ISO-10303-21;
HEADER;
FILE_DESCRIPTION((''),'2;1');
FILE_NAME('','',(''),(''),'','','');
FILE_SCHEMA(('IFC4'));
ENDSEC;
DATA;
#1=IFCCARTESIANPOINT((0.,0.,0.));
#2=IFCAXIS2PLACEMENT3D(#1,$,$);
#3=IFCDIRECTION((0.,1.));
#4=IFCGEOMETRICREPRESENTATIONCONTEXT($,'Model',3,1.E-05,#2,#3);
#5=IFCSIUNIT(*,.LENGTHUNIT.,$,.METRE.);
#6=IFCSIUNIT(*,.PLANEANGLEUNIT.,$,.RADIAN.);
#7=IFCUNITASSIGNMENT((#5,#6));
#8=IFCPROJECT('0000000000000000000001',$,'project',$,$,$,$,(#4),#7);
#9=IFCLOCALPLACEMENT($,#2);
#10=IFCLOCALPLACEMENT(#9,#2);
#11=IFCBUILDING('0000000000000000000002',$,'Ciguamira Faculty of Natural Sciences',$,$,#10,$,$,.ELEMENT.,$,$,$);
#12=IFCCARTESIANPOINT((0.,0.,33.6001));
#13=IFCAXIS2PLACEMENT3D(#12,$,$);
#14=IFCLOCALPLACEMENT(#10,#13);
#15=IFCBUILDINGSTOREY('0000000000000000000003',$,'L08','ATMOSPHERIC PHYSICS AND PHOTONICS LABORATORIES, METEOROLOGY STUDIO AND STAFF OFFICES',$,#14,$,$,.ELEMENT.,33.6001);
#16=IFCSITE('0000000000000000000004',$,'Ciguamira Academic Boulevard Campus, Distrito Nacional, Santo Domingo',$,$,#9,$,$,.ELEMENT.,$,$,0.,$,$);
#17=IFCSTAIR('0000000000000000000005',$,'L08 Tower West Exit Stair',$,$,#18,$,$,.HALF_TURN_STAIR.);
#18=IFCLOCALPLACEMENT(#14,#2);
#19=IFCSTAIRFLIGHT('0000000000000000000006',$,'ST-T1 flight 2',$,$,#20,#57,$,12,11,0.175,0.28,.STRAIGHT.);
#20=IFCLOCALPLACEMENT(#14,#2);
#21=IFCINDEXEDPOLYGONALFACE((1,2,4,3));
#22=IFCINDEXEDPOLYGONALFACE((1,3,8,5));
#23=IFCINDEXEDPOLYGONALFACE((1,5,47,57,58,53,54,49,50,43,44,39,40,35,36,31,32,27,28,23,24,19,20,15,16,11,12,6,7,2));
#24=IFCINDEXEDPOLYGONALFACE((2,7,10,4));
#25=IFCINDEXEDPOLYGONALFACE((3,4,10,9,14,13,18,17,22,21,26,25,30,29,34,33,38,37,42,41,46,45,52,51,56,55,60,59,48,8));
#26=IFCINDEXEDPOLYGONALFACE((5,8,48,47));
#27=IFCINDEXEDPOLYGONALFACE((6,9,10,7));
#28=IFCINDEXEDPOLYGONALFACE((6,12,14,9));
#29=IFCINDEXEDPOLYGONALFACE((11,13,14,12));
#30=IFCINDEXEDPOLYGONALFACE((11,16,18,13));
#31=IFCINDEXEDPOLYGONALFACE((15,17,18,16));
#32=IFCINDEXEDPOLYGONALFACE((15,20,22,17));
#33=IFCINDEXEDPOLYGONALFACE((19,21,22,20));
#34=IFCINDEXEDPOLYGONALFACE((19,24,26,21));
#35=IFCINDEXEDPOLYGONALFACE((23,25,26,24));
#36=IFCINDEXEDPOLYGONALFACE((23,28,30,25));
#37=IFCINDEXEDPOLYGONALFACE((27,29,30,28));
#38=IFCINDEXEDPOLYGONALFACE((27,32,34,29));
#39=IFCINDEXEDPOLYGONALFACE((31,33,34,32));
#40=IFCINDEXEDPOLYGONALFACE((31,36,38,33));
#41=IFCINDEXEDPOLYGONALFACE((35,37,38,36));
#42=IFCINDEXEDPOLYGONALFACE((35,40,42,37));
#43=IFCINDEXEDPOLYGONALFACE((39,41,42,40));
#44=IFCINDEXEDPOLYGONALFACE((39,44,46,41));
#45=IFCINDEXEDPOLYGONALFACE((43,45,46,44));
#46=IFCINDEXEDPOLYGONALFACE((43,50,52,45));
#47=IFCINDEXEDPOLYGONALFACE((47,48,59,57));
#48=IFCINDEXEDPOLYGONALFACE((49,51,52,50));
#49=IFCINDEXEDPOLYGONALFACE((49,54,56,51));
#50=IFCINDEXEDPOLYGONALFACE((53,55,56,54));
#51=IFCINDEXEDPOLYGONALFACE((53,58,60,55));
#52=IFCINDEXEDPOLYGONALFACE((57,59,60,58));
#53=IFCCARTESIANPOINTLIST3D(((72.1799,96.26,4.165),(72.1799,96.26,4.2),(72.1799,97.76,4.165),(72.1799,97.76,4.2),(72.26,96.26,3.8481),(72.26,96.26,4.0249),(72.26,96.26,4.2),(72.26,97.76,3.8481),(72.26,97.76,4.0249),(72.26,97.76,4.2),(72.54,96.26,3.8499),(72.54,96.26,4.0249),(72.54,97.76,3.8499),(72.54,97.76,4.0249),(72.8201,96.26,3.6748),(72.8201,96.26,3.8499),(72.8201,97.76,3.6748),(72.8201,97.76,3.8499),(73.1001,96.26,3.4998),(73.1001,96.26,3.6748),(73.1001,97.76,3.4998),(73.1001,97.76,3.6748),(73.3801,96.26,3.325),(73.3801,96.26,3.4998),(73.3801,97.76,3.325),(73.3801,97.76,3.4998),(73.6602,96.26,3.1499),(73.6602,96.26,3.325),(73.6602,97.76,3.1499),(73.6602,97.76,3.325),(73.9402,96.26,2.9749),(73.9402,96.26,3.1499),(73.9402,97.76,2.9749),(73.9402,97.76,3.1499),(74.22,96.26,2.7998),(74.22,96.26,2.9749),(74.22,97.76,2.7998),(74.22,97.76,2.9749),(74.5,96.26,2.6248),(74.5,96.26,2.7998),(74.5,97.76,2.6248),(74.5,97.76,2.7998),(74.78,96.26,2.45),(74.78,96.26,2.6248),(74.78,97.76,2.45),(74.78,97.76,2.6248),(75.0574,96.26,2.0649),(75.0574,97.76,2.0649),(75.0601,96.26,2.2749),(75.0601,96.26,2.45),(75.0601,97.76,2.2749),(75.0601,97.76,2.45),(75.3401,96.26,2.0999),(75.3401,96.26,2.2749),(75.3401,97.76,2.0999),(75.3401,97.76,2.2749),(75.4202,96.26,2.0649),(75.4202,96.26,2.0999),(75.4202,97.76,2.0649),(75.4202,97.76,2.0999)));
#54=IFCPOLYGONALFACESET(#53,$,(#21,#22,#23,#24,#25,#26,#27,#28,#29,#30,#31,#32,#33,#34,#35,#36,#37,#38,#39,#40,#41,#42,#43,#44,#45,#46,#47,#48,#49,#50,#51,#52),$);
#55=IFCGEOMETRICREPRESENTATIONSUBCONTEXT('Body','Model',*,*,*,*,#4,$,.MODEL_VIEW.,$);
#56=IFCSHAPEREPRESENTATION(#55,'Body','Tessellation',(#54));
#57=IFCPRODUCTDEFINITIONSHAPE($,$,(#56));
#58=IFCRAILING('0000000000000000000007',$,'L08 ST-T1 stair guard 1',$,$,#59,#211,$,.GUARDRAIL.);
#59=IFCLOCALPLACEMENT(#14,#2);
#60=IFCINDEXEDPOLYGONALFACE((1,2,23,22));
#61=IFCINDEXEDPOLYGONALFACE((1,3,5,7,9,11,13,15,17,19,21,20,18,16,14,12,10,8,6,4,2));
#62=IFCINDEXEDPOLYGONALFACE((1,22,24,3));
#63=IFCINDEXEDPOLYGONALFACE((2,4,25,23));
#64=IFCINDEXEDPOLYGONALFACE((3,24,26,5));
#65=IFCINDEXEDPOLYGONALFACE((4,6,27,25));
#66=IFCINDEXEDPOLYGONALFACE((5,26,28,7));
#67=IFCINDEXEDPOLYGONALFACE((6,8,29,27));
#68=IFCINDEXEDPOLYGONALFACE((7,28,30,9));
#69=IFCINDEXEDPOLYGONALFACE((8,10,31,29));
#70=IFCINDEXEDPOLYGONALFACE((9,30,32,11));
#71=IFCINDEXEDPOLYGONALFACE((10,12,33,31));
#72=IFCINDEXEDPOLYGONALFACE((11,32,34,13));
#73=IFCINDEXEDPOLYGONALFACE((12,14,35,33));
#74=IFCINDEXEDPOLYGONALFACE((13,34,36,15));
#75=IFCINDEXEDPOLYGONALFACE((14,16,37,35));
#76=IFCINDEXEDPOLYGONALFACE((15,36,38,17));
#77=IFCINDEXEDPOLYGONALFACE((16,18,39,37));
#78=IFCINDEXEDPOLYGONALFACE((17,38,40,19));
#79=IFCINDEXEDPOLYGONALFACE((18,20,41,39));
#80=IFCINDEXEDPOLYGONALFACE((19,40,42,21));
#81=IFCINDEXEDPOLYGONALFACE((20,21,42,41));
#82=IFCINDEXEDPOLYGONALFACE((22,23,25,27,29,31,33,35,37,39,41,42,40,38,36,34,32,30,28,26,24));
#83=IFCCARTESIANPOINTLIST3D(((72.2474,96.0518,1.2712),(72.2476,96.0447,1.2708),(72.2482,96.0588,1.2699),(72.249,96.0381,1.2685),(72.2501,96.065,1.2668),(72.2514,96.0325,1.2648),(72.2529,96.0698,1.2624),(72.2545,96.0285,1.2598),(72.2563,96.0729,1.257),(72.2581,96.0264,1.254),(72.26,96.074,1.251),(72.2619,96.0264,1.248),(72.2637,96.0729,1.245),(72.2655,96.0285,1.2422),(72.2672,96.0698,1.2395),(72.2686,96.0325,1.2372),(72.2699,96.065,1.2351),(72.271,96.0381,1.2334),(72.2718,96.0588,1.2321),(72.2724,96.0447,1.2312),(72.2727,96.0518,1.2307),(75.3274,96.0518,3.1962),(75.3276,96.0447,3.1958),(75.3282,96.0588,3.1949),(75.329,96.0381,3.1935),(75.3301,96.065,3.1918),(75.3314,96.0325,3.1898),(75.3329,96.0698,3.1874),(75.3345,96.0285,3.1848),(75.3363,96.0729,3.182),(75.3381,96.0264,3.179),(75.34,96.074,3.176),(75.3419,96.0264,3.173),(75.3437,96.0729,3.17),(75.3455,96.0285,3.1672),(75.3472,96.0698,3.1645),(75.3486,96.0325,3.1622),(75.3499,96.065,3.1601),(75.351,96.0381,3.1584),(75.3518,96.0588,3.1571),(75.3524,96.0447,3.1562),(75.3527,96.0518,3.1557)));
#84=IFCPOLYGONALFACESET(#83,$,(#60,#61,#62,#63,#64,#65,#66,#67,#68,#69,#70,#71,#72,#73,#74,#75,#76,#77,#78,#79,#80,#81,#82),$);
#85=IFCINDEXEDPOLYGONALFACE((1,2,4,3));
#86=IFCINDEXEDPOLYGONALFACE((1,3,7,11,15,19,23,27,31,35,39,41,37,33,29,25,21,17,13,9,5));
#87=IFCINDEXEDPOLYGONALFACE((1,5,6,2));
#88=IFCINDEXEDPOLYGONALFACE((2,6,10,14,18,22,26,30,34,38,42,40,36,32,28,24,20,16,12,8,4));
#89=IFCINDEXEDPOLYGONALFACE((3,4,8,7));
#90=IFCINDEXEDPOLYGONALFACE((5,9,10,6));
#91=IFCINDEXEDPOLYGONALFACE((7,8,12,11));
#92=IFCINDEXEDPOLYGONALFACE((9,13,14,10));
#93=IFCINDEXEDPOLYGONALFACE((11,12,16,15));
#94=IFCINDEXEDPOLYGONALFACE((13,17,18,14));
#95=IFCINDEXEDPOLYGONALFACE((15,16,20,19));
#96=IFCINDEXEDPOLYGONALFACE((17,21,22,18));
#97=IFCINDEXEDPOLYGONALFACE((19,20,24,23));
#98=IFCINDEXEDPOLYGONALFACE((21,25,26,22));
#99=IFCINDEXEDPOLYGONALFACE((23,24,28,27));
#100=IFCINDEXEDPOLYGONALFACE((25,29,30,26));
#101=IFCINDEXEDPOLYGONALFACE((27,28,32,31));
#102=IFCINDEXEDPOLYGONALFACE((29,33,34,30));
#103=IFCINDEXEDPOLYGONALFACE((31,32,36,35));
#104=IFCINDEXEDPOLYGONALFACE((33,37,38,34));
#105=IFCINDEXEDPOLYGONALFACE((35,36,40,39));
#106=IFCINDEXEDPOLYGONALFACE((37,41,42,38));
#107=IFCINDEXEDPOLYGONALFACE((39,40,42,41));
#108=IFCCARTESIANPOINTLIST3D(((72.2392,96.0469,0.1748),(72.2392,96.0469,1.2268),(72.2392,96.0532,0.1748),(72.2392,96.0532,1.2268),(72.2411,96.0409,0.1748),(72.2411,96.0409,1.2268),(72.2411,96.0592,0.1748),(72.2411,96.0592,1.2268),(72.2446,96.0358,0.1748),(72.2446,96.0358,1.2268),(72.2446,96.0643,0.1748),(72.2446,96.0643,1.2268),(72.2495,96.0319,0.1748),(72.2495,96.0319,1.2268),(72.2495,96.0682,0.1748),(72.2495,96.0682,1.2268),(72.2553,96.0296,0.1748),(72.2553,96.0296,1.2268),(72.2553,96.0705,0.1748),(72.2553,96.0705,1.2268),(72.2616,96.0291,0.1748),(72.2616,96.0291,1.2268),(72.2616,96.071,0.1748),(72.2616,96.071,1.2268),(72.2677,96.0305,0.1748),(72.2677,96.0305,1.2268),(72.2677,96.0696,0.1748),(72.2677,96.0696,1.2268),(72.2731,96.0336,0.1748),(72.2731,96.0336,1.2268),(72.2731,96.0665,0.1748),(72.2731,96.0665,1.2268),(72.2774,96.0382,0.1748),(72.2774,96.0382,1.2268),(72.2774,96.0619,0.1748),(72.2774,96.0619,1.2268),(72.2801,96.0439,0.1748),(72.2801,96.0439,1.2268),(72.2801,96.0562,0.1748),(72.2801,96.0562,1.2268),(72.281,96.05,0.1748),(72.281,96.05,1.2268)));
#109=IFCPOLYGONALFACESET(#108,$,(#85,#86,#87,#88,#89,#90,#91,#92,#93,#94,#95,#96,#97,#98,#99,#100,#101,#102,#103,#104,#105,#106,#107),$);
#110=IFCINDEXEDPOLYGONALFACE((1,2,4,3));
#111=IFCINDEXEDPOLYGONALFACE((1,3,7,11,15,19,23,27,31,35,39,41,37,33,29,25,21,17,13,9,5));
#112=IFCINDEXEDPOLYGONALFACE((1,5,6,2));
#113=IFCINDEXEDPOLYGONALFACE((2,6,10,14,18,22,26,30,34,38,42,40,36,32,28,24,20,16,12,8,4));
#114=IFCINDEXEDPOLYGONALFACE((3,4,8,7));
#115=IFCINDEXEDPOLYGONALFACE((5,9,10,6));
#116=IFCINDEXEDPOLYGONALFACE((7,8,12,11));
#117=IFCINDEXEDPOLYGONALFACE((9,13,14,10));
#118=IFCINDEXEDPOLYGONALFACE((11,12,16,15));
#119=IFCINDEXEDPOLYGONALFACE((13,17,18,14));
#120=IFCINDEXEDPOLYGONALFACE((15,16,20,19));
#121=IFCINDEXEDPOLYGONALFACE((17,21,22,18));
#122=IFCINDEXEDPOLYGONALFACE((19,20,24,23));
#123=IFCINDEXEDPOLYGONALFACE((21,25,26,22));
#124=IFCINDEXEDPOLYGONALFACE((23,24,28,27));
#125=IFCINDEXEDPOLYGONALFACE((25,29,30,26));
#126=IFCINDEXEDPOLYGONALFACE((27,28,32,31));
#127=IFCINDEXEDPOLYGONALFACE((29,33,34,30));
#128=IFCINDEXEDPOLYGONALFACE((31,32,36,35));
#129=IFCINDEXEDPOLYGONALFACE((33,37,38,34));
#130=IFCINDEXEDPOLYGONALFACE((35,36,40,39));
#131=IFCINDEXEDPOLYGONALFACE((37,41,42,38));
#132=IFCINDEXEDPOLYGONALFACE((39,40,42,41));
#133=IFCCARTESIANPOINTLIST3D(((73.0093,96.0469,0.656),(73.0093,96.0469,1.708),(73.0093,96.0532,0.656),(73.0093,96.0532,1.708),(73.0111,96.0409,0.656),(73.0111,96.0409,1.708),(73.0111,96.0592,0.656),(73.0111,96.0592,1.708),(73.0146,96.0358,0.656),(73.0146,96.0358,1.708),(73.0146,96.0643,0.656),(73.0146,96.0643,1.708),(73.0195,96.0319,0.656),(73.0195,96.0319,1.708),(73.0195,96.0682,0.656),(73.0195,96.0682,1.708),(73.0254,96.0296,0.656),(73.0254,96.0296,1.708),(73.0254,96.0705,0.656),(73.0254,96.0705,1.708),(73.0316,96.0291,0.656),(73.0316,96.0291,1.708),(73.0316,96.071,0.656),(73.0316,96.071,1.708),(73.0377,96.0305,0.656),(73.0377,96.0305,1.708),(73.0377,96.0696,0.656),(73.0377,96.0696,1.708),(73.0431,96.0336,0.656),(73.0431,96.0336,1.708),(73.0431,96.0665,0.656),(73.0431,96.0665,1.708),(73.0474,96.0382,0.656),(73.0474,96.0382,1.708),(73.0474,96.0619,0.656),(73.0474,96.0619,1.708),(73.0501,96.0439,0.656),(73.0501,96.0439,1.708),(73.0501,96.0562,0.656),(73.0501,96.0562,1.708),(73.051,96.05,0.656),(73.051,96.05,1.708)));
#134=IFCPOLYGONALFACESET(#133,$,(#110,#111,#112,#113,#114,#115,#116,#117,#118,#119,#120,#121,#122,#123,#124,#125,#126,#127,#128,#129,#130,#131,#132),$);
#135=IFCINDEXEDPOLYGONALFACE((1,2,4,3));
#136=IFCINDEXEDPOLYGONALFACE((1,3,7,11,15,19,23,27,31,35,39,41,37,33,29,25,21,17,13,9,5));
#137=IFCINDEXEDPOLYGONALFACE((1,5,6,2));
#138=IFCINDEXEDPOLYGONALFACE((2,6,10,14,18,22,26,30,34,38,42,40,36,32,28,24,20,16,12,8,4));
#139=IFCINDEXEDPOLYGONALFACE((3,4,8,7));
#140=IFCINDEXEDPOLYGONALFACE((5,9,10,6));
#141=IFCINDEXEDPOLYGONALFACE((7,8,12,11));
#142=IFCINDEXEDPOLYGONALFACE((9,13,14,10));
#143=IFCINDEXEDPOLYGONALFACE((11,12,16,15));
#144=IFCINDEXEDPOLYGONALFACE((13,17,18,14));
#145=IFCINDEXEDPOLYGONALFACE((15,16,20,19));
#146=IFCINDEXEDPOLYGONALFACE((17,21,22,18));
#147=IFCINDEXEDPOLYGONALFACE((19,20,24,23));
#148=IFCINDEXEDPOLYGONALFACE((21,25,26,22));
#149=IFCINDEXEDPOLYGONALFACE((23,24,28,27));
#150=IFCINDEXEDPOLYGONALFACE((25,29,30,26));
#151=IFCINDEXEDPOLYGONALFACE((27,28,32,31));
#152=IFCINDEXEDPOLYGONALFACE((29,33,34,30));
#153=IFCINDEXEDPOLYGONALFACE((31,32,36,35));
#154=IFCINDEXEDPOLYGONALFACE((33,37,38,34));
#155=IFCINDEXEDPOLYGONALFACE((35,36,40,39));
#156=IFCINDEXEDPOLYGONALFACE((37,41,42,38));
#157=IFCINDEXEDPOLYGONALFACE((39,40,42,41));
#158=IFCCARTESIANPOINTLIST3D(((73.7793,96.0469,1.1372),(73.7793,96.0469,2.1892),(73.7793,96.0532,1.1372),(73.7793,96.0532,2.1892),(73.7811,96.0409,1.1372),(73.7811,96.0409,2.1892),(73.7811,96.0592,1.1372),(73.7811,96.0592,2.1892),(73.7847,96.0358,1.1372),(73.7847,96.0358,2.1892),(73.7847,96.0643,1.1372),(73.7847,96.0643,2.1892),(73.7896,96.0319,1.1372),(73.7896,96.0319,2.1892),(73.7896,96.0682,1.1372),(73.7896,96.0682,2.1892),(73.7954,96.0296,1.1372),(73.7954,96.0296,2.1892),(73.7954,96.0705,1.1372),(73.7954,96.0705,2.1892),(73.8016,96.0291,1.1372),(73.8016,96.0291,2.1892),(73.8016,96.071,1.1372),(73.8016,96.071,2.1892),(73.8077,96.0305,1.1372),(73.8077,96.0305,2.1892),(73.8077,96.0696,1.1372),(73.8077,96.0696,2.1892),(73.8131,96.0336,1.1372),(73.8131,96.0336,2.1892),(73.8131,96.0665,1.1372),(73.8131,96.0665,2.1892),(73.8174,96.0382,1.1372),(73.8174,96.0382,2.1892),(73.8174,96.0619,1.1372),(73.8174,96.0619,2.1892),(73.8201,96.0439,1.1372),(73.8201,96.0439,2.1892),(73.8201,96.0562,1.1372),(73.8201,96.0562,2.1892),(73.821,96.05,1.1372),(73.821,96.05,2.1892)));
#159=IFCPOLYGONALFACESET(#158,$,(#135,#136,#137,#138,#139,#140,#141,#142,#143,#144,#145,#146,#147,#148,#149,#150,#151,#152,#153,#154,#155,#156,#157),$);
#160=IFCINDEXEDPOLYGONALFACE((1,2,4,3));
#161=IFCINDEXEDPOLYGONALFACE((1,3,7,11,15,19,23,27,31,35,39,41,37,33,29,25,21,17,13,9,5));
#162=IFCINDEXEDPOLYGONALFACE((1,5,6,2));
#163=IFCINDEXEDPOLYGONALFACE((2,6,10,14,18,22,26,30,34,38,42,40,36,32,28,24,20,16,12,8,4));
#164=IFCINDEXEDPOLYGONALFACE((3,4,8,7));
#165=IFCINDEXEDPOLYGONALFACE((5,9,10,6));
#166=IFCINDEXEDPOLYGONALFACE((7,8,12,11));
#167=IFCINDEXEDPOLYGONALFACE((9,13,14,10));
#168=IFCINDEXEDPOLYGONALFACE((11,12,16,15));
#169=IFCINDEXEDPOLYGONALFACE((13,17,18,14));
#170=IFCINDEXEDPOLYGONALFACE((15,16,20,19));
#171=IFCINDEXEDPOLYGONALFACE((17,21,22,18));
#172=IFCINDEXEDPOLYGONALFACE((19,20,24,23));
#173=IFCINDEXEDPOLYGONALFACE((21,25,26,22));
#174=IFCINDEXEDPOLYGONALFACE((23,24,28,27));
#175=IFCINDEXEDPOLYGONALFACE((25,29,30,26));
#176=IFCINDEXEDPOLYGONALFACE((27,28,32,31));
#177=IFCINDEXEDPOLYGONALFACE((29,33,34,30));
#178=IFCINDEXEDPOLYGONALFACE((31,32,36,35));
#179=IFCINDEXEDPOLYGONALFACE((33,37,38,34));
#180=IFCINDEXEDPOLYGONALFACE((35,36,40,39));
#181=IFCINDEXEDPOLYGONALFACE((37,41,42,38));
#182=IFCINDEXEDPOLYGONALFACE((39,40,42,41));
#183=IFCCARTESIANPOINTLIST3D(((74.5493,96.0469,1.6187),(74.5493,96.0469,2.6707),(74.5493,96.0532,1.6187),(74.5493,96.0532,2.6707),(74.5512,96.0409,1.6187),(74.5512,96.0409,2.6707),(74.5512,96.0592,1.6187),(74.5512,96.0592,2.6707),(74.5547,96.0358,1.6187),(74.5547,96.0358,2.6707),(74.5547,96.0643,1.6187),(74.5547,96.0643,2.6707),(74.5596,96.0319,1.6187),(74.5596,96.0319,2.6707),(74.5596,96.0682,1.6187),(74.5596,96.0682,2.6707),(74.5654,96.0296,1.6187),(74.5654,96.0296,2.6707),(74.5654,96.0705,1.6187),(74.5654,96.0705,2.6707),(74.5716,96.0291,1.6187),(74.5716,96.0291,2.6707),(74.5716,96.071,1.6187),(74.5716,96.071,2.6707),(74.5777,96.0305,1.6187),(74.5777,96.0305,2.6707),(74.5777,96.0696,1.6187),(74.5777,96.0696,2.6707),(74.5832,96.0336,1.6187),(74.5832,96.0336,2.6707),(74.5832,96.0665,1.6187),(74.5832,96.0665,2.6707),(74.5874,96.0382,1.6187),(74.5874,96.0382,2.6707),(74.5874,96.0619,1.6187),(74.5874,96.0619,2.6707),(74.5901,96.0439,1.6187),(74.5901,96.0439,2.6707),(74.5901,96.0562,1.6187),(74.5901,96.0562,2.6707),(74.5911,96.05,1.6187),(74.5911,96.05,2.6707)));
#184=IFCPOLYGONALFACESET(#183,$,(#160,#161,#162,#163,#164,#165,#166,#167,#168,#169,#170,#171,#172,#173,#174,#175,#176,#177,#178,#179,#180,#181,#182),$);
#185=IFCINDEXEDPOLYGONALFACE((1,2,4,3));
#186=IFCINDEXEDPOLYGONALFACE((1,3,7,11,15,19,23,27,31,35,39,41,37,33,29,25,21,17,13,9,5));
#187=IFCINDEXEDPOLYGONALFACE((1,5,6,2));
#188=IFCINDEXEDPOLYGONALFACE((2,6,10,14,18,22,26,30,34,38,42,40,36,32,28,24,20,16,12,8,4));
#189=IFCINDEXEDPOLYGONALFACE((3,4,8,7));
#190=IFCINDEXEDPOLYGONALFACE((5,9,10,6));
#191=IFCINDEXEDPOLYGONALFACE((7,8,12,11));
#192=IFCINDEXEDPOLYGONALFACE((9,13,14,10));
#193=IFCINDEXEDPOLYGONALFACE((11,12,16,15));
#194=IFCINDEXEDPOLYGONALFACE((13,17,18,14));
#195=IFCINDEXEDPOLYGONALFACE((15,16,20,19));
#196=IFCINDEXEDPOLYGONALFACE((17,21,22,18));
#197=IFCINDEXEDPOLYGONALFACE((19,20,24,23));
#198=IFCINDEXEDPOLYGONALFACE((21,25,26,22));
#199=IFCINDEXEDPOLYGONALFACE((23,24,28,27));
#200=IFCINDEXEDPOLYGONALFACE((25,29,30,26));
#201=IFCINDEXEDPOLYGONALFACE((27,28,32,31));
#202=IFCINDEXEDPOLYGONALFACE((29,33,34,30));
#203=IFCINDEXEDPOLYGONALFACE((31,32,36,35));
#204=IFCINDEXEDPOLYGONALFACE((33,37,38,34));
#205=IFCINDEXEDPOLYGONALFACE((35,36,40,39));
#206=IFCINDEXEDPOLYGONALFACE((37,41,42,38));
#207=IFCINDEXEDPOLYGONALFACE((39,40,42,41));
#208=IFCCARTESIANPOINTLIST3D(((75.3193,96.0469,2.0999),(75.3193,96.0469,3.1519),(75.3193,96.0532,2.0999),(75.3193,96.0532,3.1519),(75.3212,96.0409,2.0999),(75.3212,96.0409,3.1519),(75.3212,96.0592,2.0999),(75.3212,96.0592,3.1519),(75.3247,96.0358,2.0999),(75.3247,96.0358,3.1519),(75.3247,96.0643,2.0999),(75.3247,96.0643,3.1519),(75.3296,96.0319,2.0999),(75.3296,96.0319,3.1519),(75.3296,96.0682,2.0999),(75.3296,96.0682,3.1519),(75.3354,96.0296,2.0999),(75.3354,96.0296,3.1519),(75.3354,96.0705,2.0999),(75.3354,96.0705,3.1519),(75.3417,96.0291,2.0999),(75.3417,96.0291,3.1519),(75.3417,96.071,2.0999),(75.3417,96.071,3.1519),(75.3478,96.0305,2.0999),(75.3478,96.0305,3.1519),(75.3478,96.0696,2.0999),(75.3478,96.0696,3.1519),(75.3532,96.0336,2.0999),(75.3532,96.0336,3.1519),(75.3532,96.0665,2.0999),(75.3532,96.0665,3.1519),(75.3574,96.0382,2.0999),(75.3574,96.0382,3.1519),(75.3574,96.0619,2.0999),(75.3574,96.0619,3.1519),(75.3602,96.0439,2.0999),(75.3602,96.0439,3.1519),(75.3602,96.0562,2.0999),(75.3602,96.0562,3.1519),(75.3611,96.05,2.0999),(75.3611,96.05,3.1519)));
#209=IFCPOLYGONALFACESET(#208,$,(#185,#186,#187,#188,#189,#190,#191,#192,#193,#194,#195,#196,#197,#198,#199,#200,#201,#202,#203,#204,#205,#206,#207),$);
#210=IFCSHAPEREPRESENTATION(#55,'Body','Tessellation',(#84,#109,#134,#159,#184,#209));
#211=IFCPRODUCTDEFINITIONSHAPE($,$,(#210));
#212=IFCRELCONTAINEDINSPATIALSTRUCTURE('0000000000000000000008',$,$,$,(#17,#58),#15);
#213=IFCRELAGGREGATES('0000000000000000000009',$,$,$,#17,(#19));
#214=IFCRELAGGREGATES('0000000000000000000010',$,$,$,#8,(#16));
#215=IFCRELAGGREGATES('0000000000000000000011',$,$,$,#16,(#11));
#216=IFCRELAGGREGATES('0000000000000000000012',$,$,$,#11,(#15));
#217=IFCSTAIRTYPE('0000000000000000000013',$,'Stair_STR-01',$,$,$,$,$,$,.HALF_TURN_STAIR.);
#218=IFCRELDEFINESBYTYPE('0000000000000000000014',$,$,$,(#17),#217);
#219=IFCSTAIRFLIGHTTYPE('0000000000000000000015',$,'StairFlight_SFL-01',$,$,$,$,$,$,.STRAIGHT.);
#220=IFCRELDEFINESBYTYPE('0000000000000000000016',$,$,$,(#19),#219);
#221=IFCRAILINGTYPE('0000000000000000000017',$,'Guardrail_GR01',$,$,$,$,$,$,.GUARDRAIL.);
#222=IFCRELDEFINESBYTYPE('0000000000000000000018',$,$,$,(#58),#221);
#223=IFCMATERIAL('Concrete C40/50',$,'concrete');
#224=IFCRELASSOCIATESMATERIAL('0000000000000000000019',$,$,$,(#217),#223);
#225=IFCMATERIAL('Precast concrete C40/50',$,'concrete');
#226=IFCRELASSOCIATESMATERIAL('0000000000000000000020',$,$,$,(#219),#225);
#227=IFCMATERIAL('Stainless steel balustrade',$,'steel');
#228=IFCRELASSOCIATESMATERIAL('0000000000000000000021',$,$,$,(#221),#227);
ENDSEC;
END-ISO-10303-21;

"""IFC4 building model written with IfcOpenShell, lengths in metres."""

from ifc_helpers import new_model, si_unit, direction, frame, origin, origin_2d, place, context, subcontext, project, spatial, polyline, circle, outline, extrude, material, type_object, element, aggregate, save


model = new_model("IFC4")

# Units and contexts
model_context = context("Model", 3, precision=1e-05, world=origin(), true_north=direction((0.0, 1.0)))
body_context = subcontext(model_context, "Body", "Model", "MODEL_VIEW")
ifc_project = project(units=[si_unit("LENGTHUNIT", "METRE"), si_unit("PLANEANGLEUNIT", "RADIAN")], contexts=[model_context])

# Site, building, storey
site_placement = place(None, origin())
site = spatial("IfcSite", under=ifc_project, at=site_placement, Name="Ciguamira Academic Boulevard Campus, Distrito Nacional, Santo Domingo", CompositionType="ELEMENT", RefElevation=0.0)
building_placement = place(site_placement, origin())
building = spatial("IfcBuilding", under=site, at=building_placement, Name="Ciguamira Faculty of Natural Sciences", CompositionType="ELEMENT")
storey_placement = place(building_placement, frame((0.0, 0.0, 33.6001)))
storey = spatial("IfcBuildingStorey", under=building, at=storey_placement, Name="L08", Description="ATMOSPHERIC PHYSICS AND PHOTONICS LABORATORIES, METEOROLOGY STUDIO AND STAFF OFFICES", CompositionType="ELEMENT", Elevation=33.6001)

# Shared definitions
ifc_material_1 = material(Name="Concrete C40/50", Category="concrete")

# Shared definitions
ifc_material_2 = material(Name="Precast concrete C40/50", Category="concrete")

# Stair, stair flight
stair_type = type_object("IfcStairType", Name="Stair_STR-01", PredefinedType="HALF_TURN_STAIR", material=ifc_material_1)
stair_placement = place(storey_placement, origin())
stair = element("IfcStair", 1, at=stair_placement, inside=storey, type_object=stair_type, Name="L08 Tower West Exit Stair", PredefinedType="HALF_TURN_STAIR")
stair_flight_type = type_object("IfcStairFlightType", Name="StairFlight_SFL-01", PredefinedType="STRAIGHT", material=ifc_material_2)
stair_flight_1_placement = place(storey_placement, frame((75.3401, 97.01, 2.0999), z_axis=(0.0, 0.0, 1.0), x_axis=(-1.0, 0.0, 0.0)))
stair_flight_1 = element("IfcStairFlight", 2, at=stair_flight_1_placement, type_object=stair_flight_type, Name="ST-T1 flight 2", NumberOfRisers=12, NumberOfTreads=11, PredefinedType="STRAIGHT", RiserHeight=0.175, TreadLength=0.28, context=body_context, shape_type="SweptSolid", body=[
    extrude(outline(polyline([(-0.0801, -0.0349), (-0.0801, 0.0), (0.0, 0.0), (0.0, 0.175), (0.28, 0.175), (0.28, 0.3501), (0.5601, 0.3501), (0.5601, 0.5249), (0.8401, 0.5249), (0.8401, 0.7), (1.1201, 0.7), (1.1201, 0.875), (1.3999, 0.875), (1.3999, 1.05), (1.6799, 1.05), (1.6799, 1.2251), (1.96, 1.2251), (1.96, 1.3999), (2.24, 1.3999), (2.24, 1.575), (2.52, 1.575), (2.52, 1.75), (2.8, 1.75), (2.8, 1.925), (3.0801, 1.925), (3.0801, 2.1001), (3.1602, 2.1001), (3.1602, 2.0652), (3.0801, 1.7483), (0.2827, -0.0349), (-0.0801, -0.0349)])), frame((0.0, 0.75, 0.0), z_axis=(0.0, -1.0, 0.0), x_axis=(1.0, 0.0, 0.0)), (0.0, 0.0, 1.0), 1.5),
])
aggregate(stair, [stair_flight_1])

# Railing
ifc_material_3 = material(Name="Stainless steel balustrade", Category="steel")
railing_type_1 = type_object("IfcRailingType", Name="Guardrail_GR01", PredefinedType="GUARDRAIL", material=ifc_material_3)
railing_1_placement = place(storey_placement, frame((72.26, 96.05, 0.1748)))
element("IfcRailing", 3, at=railing_1_placement, inside=storey, type_object=railing_type_1, Name="L08 ST-T1 stair guard 1", PredefinedType="GUARDRAIL", context=body_context, shape_type="SweptSolid", body=[
    extrude(circle(Radius=0.0239, at=origin_2d()), frame((0.0, 0.0, 1.0762), z_axis=(0.847998, 0.0, 0.529999), x_axis=(0.0, 1.0, 0.0)), (0.0, 0.0, 1.0), 3.6321),
    extrude(circle(Radius=0.021, at=origin_2d()), origin(), (0.0, 0.0, 1.0), 1.052),
    extrude(circle(Radius=0.021, at=origin_2d()), frame((0.77, 0.0, 0.4812)), (0.0, 0.0, 1.0), 1.052),
    extrude(circle(Radius=0.021, at=origin_2d()), frame((1.54, 0.0, 0.9624)), (0.0, 0.0, 1.0), 1.052),
    extrude(circle(Radius=0.021, at=origin_2d()), frame((2.3101, 0.0, 1.4438)), (0.0, 0.0, 1.0), 1.052),
    extrude(circle(Radius=0.021, at=origin_2d()), frame((3.0801, 0.0, 1.925)), (0.0, 0.0, 1.0), 1.052),
])

save(model, "model.ifc")
